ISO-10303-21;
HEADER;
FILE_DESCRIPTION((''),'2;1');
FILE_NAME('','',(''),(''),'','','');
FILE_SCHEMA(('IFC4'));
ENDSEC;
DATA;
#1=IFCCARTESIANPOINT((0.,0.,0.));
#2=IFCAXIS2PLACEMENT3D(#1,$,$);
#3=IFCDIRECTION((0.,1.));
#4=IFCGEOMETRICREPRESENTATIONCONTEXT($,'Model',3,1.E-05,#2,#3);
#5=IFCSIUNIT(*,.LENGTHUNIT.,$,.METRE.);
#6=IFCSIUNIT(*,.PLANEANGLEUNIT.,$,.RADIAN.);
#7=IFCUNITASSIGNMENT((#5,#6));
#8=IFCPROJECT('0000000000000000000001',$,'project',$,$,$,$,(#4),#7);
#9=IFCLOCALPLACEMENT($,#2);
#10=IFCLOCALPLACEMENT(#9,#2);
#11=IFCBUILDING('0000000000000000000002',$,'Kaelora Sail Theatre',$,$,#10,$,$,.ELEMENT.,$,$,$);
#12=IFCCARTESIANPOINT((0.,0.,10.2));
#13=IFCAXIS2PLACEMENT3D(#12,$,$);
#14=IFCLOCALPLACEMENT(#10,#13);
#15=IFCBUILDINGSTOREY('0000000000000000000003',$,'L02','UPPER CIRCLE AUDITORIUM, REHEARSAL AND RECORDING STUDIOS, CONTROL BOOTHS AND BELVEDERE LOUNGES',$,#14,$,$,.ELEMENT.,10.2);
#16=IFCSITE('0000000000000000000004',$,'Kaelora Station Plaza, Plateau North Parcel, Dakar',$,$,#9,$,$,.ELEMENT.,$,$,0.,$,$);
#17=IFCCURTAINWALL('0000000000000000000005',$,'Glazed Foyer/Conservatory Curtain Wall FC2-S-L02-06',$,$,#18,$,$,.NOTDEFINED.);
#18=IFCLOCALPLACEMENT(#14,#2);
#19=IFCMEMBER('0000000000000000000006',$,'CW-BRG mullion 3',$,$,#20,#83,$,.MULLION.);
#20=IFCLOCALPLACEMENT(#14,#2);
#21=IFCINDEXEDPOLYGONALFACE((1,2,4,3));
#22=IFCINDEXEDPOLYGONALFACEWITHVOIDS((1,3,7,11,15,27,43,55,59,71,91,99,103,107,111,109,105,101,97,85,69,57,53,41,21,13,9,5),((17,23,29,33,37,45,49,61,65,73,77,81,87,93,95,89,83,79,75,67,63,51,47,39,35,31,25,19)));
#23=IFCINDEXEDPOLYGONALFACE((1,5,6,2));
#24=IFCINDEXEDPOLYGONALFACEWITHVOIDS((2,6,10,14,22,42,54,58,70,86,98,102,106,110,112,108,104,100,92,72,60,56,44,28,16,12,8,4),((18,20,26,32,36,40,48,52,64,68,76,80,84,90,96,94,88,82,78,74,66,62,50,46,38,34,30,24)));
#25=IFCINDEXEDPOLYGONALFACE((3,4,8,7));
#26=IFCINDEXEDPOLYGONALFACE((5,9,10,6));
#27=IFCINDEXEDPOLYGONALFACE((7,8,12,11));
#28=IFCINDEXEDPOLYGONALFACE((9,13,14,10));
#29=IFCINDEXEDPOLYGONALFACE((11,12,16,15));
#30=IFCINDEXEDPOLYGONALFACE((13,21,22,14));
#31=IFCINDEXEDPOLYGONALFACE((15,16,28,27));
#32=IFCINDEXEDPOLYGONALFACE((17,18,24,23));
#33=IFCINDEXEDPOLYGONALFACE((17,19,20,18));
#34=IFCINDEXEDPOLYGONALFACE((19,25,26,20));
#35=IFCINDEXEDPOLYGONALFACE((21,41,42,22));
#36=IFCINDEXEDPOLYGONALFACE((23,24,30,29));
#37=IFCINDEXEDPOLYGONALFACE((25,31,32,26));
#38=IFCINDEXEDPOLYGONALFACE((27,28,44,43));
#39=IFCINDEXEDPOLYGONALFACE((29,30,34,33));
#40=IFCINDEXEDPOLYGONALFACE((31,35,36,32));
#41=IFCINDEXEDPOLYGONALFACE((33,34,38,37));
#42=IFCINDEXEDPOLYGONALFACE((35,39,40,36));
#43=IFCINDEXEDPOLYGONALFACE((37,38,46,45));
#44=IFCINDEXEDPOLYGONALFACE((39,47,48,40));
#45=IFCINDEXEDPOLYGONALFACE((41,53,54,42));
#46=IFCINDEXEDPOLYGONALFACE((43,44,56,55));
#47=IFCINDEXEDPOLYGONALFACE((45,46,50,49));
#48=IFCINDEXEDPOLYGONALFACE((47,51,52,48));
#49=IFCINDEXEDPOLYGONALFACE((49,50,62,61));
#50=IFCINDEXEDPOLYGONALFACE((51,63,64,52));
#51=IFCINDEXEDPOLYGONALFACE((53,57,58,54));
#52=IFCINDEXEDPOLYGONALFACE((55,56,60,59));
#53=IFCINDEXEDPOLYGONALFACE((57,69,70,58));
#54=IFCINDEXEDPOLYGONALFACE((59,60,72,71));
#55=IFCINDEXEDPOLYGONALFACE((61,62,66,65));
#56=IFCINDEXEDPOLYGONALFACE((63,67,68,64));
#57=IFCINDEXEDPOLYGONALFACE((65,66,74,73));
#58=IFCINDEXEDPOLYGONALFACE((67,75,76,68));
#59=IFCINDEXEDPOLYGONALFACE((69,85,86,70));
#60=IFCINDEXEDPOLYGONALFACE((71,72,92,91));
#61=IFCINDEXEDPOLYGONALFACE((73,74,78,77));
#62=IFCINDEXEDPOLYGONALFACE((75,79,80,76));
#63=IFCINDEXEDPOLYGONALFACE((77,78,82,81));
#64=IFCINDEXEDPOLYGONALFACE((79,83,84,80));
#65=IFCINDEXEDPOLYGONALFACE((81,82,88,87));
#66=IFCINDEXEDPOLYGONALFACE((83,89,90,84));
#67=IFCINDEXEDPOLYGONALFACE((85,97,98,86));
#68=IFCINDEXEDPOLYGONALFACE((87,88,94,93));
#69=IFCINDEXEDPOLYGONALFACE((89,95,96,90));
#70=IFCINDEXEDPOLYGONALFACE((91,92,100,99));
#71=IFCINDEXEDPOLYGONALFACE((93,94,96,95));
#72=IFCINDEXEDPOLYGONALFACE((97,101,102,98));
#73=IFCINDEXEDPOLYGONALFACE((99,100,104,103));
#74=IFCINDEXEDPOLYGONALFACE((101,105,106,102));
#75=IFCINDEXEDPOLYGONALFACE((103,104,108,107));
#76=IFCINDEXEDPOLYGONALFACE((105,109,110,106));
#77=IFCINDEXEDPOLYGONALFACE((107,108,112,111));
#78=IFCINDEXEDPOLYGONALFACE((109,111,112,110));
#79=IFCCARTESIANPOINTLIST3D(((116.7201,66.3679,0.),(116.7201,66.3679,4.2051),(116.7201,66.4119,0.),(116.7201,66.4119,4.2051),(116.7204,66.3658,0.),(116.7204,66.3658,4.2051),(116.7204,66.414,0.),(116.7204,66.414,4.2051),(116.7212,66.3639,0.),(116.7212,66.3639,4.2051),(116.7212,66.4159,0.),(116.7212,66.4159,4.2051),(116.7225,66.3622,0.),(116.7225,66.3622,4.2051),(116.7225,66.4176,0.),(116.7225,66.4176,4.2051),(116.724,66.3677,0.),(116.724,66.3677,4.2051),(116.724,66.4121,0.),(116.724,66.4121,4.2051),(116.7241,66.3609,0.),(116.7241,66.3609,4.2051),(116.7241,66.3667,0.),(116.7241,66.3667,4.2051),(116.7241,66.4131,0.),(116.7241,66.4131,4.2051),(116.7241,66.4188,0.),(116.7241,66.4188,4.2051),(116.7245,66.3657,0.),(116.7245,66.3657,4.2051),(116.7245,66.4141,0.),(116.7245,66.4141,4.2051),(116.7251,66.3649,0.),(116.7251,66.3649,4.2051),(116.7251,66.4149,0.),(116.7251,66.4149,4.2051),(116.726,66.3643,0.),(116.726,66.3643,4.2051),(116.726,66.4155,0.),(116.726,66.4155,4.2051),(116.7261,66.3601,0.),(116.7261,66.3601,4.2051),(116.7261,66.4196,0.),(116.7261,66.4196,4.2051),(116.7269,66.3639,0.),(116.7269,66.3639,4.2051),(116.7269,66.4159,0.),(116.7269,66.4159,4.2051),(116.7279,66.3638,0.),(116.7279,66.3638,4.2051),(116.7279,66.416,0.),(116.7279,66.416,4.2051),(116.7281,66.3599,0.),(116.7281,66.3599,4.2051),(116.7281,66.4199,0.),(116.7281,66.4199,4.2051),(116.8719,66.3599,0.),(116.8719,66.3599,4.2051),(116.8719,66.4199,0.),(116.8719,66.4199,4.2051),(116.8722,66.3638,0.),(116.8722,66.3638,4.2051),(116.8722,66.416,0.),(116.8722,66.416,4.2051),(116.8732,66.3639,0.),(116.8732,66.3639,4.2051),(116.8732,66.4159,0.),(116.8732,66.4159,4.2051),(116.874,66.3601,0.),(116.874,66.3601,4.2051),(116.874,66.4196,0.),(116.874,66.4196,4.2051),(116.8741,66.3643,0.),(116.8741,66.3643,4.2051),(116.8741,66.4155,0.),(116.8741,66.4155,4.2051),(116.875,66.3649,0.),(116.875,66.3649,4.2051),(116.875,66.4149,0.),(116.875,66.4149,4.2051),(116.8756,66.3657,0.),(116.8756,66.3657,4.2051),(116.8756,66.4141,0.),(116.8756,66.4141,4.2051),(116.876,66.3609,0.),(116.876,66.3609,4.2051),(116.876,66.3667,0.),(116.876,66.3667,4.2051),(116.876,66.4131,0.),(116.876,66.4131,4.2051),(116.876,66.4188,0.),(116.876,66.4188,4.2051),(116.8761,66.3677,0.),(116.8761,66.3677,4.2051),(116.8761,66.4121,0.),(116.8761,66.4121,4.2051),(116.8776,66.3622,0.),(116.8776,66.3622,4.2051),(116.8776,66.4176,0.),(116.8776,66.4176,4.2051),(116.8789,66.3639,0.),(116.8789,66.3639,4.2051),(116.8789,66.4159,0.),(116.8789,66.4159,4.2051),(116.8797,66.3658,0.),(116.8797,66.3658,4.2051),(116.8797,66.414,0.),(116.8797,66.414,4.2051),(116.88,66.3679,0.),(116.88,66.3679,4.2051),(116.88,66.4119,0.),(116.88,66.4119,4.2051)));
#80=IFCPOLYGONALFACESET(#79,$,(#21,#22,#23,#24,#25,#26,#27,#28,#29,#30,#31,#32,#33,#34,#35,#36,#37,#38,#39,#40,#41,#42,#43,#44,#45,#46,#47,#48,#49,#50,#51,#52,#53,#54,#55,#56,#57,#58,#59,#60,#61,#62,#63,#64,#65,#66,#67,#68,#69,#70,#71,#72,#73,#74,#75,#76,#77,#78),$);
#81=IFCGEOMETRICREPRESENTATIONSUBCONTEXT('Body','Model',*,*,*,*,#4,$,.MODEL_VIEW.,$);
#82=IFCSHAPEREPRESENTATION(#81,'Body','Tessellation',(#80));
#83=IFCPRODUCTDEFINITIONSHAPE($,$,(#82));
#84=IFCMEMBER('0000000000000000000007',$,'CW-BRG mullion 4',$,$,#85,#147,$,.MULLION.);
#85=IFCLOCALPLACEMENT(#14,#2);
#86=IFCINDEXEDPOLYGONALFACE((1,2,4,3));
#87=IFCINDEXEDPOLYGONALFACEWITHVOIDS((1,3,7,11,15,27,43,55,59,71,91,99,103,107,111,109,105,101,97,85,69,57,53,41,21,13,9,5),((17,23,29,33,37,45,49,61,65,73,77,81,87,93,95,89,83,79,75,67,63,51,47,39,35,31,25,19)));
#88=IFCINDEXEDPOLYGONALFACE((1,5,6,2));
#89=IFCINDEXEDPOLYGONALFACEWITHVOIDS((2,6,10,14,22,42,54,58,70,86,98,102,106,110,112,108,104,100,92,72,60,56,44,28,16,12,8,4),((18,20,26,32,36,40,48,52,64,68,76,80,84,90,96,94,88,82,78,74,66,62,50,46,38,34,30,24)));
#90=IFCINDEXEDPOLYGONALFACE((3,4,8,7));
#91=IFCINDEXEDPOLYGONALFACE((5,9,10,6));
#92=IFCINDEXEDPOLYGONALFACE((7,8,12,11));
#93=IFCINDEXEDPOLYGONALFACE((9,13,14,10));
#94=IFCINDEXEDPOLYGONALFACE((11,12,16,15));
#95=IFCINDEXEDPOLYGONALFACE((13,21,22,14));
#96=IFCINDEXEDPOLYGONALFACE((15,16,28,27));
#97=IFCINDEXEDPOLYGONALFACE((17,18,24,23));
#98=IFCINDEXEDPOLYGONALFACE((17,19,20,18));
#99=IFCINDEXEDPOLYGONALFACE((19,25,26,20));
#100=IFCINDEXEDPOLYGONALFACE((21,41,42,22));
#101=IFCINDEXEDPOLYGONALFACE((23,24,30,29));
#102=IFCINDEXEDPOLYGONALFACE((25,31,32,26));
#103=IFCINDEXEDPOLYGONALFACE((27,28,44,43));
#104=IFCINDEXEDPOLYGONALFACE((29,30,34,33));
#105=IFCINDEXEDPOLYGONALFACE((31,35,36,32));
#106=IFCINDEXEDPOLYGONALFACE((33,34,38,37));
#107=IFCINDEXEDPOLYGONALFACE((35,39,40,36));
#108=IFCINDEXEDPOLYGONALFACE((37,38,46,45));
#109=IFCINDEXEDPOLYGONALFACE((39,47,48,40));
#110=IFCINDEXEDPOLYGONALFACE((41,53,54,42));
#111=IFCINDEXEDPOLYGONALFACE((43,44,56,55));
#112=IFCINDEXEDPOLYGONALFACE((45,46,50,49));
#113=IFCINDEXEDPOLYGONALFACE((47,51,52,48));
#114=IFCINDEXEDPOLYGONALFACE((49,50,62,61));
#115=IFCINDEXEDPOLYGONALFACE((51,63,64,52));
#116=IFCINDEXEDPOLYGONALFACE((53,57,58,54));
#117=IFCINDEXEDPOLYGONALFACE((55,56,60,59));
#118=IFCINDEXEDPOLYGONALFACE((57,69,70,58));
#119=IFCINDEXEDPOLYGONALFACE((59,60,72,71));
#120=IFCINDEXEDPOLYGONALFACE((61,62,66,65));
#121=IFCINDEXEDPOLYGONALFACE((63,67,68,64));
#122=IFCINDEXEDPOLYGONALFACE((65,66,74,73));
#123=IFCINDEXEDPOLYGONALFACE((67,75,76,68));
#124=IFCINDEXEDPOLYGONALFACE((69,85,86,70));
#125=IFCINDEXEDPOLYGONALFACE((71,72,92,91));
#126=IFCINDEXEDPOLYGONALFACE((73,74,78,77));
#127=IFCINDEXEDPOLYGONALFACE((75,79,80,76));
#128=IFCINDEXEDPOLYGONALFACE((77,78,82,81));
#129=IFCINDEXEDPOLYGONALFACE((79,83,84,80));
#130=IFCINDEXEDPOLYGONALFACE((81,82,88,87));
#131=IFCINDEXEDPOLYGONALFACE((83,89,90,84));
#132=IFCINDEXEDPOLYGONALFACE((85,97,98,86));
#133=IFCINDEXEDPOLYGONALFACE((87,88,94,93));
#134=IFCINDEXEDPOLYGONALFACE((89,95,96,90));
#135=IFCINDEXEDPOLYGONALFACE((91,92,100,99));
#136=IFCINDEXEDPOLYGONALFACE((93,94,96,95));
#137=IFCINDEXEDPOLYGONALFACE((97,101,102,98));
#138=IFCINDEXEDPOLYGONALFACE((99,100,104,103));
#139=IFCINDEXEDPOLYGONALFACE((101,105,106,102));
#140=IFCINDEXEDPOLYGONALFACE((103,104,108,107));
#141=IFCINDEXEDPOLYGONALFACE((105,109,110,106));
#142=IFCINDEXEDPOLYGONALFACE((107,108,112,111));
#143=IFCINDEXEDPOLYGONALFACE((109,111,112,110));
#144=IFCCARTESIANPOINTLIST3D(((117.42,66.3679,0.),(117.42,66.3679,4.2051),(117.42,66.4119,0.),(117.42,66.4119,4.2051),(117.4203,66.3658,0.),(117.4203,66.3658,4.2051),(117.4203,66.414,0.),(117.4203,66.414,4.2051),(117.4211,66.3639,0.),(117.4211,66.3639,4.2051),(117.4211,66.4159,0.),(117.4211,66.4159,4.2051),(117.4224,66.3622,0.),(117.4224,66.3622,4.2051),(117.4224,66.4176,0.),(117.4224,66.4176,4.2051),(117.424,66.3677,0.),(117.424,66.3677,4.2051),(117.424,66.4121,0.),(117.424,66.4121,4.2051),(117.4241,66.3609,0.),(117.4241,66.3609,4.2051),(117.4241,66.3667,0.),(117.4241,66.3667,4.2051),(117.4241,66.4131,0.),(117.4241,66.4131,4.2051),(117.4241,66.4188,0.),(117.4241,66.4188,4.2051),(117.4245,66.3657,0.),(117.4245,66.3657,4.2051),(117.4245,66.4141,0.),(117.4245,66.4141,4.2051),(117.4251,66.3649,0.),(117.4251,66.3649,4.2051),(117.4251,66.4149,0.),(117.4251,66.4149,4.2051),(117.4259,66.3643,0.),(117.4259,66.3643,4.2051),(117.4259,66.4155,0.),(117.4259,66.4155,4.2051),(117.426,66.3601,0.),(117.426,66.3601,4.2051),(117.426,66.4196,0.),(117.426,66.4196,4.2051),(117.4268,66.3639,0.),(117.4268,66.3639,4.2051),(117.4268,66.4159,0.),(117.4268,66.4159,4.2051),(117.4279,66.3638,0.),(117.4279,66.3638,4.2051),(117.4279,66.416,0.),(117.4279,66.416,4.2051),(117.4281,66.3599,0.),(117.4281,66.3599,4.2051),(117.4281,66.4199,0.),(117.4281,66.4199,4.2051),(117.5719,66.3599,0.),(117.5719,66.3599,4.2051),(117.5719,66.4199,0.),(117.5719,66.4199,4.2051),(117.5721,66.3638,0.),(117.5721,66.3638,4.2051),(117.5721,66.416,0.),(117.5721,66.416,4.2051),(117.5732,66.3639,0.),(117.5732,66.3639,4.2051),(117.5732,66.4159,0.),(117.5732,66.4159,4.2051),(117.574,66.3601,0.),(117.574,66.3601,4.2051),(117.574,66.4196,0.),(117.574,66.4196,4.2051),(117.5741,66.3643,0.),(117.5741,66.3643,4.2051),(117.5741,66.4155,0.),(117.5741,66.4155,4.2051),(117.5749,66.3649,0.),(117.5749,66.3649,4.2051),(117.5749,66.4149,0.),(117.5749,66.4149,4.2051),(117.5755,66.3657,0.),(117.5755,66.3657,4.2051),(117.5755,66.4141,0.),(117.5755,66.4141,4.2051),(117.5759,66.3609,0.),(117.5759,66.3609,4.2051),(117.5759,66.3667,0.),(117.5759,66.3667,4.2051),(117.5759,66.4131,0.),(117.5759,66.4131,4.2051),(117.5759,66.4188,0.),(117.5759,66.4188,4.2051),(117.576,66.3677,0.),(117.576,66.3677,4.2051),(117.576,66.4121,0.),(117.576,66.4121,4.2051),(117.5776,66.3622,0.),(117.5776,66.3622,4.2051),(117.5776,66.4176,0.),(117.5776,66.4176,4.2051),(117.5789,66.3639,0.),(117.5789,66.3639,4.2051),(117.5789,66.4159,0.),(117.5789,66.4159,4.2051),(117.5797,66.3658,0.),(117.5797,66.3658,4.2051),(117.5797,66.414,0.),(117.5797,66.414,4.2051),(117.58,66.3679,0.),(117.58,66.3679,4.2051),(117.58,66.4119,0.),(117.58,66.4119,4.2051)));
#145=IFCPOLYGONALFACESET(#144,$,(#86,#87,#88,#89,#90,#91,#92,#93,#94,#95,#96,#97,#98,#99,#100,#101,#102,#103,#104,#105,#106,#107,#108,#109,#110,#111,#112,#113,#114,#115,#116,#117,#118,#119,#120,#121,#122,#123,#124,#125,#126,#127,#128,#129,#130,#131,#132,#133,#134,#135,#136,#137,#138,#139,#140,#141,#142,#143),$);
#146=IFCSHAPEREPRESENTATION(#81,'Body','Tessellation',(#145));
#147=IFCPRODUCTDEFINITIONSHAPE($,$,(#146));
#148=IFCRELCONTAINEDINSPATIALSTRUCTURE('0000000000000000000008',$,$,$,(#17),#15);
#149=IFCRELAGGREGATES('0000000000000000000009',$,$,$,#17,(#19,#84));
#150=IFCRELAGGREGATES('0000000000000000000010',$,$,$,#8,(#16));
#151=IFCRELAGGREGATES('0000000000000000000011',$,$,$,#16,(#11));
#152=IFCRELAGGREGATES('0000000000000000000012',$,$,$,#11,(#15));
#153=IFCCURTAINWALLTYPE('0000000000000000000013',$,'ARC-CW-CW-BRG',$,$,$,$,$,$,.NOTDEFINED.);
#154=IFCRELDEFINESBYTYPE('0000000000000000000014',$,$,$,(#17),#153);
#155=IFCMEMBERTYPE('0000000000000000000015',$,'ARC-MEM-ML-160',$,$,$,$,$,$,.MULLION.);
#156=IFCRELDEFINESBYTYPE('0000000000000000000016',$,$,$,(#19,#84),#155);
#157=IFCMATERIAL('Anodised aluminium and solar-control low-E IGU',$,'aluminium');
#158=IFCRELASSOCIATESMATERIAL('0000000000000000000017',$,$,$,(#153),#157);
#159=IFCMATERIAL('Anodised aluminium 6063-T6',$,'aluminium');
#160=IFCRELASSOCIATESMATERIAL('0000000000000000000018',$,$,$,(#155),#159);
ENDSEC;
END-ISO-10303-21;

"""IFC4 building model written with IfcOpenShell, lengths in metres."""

from ifc_helpers import new_model, si_unit, direction, frame, origin, origin_2d, place, context, subcontext, project, spatial, hollow_rectangle, extrude, material, material_profile, profile_set, type_object, element, aggregate, save


model = new_model("IFC4")

# Units and contexts
model_context = context("Model", 3, precision=1e-05, world=origin(), true_north=direction((0.0, 1.0)))
body_context = subcontext(model_context, "Body", "Model", "MODEL_VIEW")
ifc_project = project(units=[si_unit("LENGTHUNIT", "METRE"), si_unit("PLANEANGLEUNIT", "RADIAN")], contexts=[model_context])

# Site, building, storey
site_placement = place(None, origin())
site = spatial("IfcSite", under=ifc_project, at=site_placement, Name="Kaelora Station Plaza, Plateau North Parcel, Dakar", CompositionType="ELEMENT", RefElevation=0.0)
building_placement = place(site_placement, origin())
building = spatial("IfcBuilding", under=site, at=building_placement, Name="Kaelora Sail Theatre", CompositionType="ELEMENT")
storey_placement = place(building_placement, frame((0.0, 0.0, 10.2)))
storey = spatial("IfcBuildingStorey", under=building, at=storey_placement, Name="L02", Description="UPPER CIRCLE AUDITORIUM, REHEARSAL AND RECORDING STUDIOS, CONTROL BOOTHS AND BELVEDERE LOUNGES", CompositionType="ELEMENT", Elevation=10.2)

# Curtain wall, members
ifc_material_1 = material(Name="Anodised aluminium and solar-control low-E IGU", Category="aluminium")
curtain_wall_type = type_object("IfcCurtainWallType", Name="ARC-CW-CW-BRG", PredefinedType="NOTDEFINED", material=ifc_material_1)
curtain_wall_placement = place(storey_placement, origin())
curtain_wall = element("IfcCurtainWall", 1, at=curtain_wall_placement, inside=storey, type_object=curtain_wall_type, Name="Glazed Foyer/Conservatory Curtain Wall FC2-S-L02-06", PredefinedType="NOTDEFINED")
ifc_material_2 = material(Name="Anodised aluminium 6063-T6", Category="aluminium")
ifc_material_profile_1 = material_profile(ifc_material_2, hollow_rectangle(XDim=0.0601, YDim=0.1599, WallThickness=0.0039, InnerFilletRadius=0.0039, OuterFilletRadius=0.0081, at=origin_2d()), Name="ALU-MULL 60x160x4")
ifc_profile_set_1 = profile_set([ifc_material_profile_1], Name="Anodised aluminium 6063-T6")
member_type_1 = type_object("IfcMemberType", Name="ARC-MEM-ML-160", PredefinedType="MULLION", material=ifc_profile_set_1)
member_1_placement = place(storey_placement, frame((116.8, 66.3899, 0.0), z_axis=(0.0, 0.0, 1.0), x_axis=(0.0, 1.0, 0.0)))
member_1 = element("IfcMember", 2, at=member_1_placement, type_object=member_type_1, Name="CW-BRG mullion 3", PredefinedType="MULLION", context=body_context, shape_type="SweptSolid", body=[
    extrude(hollow_rectangle(XDim=0.0601, YDim=0.1599, WallThickness=0.0039, InnerFilletRadius=0.0039, OuterFilletRadius=0.0081, at=origin_2d()), origin(), (0.0, 0.0, 1.0), 4.2051),
])
member_2_placement = place(storey_placement, frame((117.5, 66.3899, 0.0), z_axis=(0.0, 0.0, 1.0), x_axis=(0.0, 1.0, 0.0)))
member_2 = element("IfcMember", 3, at=member_2_placement, type_object=member_type_1, Name="CW-BRG mullion 4", PredefinedType="MULLION", context=body_context, shape_type="SweptSolid", body=[
    extrude(hollow_rectangle(XDim=0.0601, YDim=0.1599, WallThickness=0.0039, InnerFilletRadius=0.0039, OuterFilletRadius=0.0081, at=origin_2d()), origin(), (0.0, 0.0, 1.0), 4.2051),
])

aggregate(curtain_wall, [member_1, member_2])

save(model, "model.ifc")
